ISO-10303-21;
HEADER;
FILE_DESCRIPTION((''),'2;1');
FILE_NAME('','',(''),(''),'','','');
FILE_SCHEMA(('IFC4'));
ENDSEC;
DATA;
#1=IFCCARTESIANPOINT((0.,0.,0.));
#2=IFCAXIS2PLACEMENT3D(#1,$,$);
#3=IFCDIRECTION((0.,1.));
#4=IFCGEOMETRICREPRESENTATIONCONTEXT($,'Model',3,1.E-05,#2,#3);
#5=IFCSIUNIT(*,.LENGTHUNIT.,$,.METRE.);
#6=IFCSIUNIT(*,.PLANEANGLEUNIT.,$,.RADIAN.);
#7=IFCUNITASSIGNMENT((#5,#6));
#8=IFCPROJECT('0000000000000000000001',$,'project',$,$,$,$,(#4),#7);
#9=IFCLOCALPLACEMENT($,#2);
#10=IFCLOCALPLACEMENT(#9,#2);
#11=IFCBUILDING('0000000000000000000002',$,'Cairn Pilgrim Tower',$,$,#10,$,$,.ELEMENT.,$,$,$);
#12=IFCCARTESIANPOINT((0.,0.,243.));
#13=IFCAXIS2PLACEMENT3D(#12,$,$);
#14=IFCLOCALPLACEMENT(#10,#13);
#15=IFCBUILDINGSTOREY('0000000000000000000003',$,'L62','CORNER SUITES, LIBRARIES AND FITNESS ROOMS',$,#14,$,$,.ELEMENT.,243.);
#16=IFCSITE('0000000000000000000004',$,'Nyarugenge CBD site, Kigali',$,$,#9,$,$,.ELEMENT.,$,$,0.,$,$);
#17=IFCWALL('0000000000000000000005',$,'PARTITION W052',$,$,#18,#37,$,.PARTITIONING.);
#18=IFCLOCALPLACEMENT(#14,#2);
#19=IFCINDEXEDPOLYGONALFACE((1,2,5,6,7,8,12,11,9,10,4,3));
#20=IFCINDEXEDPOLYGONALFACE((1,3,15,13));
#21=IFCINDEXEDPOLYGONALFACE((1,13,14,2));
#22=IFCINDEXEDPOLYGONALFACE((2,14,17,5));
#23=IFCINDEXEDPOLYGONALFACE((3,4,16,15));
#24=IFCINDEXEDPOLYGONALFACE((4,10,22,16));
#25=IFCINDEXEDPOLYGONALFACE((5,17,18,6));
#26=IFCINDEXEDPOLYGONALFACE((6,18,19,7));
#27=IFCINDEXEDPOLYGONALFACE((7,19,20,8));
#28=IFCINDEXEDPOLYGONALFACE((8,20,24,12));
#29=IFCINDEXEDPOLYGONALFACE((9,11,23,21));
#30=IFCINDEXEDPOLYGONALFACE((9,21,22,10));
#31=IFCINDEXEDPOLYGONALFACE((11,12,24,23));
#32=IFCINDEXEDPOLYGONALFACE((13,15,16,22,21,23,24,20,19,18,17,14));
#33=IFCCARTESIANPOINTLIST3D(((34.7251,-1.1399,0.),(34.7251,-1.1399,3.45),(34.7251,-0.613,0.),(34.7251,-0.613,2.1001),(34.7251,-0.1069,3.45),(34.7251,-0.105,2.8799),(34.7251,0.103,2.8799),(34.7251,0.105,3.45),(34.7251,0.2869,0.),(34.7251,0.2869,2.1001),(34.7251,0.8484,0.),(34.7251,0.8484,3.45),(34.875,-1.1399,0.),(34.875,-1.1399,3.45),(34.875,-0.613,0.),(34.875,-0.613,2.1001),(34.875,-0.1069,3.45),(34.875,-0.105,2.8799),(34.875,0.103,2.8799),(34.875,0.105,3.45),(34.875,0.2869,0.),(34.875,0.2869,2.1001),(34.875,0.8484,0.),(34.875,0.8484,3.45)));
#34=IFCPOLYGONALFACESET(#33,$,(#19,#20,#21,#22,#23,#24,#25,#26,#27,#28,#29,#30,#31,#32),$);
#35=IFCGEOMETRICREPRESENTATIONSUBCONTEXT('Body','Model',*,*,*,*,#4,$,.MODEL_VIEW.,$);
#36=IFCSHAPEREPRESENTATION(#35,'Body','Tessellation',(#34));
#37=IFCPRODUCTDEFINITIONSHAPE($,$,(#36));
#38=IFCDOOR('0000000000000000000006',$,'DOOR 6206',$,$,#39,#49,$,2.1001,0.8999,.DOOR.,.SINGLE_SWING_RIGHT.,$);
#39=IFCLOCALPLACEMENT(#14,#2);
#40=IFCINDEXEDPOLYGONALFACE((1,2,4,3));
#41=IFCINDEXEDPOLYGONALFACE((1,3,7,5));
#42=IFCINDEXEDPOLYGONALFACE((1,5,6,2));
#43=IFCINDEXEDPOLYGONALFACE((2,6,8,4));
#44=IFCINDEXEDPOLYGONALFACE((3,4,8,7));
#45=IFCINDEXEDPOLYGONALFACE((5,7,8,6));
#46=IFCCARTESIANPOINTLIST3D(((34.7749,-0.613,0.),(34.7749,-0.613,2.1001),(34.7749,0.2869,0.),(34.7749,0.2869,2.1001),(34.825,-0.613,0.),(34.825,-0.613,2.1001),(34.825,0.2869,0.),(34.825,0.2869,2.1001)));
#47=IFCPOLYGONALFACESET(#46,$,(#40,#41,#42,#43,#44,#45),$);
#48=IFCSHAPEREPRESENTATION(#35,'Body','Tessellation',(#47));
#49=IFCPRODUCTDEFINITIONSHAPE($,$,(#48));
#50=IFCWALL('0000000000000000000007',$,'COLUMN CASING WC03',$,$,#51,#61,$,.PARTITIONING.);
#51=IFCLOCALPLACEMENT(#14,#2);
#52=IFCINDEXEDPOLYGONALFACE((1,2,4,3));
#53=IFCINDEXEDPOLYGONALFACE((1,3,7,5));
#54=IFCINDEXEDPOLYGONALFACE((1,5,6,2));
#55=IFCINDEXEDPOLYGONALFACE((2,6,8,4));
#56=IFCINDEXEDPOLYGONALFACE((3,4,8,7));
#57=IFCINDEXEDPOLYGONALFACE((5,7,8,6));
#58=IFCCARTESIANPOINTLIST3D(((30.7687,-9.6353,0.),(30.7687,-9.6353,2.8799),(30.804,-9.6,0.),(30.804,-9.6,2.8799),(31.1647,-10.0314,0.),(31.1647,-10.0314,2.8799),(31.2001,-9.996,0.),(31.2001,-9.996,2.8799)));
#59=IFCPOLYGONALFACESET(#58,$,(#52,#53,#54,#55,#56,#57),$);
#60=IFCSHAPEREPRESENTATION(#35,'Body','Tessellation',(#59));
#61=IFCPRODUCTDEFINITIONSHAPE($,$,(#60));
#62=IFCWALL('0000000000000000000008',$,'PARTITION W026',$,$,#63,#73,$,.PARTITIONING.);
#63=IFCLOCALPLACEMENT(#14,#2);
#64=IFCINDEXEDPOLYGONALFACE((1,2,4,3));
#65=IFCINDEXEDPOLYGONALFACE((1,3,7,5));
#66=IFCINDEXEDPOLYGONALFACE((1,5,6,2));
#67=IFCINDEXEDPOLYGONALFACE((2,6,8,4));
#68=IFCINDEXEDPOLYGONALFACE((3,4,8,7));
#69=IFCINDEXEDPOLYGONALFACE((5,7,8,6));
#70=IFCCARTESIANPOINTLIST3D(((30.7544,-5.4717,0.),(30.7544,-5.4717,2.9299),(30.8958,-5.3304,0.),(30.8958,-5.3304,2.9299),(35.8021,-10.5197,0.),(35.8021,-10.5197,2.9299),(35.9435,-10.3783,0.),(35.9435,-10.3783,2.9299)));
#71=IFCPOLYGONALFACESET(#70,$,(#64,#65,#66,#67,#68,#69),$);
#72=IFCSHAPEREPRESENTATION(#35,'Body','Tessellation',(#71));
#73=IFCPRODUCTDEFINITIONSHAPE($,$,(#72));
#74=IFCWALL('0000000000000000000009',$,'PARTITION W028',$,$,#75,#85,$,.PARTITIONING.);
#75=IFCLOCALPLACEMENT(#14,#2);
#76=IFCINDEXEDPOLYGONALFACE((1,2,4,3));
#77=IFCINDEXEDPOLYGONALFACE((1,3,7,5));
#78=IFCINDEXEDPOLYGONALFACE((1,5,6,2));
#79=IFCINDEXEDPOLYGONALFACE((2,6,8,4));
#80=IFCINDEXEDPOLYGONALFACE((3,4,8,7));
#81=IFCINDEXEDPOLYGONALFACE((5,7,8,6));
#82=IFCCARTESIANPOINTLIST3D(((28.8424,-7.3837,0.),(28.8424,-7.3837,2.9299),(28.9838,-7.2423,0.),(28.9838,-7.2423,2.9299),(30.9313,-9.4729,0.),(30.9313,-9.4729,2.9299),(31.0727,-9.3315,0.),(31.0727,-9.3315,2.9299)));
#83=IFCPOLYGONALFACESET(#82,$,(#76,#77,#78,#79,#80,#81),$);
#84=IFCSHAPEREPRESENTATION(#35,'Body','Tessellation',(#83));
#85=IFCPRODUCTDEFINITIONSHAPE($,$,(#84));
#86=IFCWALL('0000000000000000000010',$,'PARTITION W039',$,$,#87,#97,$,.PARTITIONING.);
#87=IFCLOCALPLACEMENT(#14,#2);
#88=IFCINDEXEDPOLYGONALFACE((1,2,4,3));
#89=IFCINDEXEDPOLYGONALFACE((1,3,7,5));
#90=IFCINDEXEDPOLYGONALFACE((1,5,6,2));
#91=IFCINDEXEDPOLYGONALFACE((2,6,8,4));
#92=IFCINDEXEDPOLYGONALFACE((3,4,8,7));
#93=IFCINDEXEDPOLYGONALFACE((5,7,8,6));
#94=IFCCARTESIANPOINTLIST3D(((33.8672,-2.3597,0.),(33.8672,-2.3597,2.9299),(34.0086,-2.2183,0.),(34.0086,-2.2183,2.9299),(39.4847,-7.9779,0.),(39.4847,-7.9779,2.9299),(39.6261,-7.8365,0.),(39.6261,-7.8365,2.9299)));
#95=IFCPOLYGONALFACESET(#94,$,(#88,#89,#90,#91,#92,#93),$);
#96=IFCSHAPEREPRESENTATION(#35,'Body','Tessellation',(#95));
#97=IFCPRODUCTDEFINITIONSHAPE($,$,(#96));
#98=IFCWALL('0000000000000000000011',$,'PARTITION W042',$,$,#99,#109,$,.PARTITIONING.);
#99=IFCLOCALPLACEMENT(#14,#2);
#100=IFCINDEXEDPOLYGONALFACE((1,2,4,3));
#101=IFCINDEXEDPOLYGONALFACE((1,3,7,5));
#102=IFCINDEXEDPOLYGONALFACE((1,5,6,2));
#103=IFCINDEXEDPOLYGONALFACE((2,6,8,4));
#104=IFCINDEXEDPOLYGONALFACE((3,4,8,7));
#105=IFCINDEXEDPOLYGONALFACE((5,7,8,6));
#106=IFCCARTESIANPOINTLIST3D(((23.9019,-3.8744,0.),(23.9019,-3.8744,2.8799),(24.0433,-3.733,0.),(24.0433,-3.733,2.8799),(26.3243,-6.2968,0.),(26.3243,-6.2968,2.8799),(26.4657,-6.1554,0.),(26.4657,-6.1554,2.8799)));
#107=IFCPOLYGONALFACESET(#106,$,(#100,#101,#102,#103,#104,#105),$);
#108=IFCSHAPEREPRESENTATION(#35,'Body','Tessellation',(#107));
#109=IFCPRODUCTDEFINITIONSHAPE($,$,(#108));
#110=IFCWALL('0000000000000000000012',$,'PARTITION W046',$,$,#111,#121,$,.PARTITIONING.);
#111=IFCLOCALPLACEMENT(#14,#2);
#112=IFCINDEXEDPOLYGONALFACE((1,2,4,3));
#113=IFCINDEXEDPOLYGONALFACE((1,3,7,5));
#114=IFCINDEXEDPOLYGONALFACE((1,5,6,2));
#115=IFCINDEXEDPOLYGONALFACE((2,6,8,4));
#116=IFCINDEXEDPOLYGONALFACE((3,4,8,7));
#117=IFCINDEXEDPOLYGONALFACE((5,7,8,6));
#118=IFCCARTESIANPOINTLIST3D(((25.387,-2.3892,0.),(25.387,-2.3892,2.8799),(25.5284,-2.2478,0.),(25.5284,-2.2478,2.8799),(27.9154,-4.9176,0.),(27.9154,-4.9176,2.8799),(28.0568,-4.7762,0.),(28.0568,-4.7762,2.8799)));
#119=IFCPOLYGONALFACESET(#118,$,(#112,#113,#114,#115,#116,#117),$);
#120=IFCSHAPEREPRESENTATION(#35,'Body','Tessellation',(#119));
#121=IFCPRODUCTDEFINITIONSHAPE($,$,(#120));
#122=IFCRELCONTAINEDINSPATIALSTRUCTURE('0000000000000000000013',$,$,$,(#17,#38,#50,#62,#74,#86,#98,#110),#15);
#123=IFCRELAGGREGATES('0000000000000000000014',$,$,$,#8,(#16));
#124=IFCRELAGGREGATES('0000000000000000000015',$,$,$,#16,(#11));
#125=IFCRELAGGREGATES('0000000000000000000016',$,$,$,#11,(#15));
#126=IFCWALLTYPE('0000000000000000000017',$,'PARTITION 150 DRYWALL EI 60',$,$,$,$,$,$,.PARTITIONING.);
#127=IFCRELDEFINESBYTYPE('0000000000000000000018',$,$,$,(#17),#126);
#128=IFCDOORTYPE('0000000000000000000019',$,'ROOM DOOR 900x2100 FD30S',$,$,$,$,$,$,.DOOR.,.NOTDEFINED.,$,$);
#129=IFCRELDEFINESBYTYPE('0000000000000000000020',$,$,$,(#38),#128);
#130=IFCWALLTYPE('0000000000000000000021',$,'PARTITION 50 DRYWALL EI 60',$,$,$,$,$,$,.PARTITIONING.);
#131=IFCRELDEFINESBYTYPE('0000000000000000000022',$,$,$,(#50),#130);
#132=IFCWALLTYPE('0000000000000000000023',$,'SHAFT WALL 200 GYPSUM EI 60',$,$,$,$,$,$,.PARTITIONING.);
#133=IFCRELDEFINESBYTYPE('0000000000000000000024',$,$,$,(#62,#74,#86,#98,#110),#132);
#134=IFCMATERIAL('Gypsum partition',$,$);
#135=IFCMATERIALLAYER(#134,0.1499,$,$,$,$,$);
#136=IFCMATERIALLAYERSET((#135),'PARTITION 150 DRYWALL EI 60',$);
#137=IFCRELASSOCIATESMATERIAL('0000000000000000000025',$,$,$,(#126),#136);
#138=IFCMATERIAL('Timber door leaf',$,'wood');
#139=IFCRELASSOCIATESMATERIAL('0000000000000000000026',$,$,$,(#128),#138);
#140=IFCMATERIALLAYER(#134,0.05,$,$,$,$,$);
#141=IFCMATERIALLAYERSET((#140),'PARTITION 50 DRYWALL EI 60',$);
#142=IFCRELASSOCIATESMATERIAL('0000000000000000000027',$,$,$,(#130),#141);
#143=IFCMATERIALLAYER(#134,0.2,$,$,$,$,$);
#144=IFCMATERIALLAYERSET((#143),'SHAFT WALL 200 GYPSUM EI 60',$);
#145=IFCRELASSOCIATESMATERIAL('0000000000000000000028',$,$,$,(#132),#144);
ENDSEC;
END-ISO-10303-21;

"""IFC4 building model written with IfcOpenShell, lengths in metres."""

from ifc_helpers import new_model, si_unit, direction, frame, frame_2d, origin, place, context, subcontext, project, spatial, polyline, rectangle, outline, extrude, material, layer, layer_set, type_object, element, fill, save


model = new_model("IFC4")

# Units and contexts
model_context = context("Model", 3, precision=1e-05, world=origin(), true_north=direction((0.0, 1.0)))
body_context = subcontext(model_context, "Body", "Model", "MODEL_VIEW")
ifc_project = project(units=[si_unit("LENGTHUNIT", "METRE"), si_unit("PLANEANGLEUNIT", "RADIAN")], contexts=[model_context])

# Site, building, storey
site_placement = place(None, origin())
site = spatial("IfcSite", under=ifc_project, at=site_placement, Name="Nyarugenge CBD site, Kigali", CompositionType="ELEMENT", RefElevation=0.0)
building_placement = place(site_placement, origin())
building = spatial("IfcBuilding", under=site, at=building_placement, Name="Cairn Pilgrim Tower", CompositionType="ELEMENT")
storey_placement = place(building_placement, frame((0.0, 0.0, 243.0)))
storey = spatial("IfcBuildingStorey", under=building, at=storey_placement, Name="L62", Description="CORNER SUITES, LIBRARIES AND FITNESS ROOMS", CompositionType="ELEMENT", Elevation=243.0)

# Shared definitions
ifc_material_1 = material(Name="Gypsum partition")
ifc_layer_1 = layer(ifc_material_1, 0.1499)
ifc_layer_set_1 = layer_set([ifc_layer_1], Name="PARTITION 150 DRYWALL EI 60")
wall_type_1 = type_object("IfcWallType", Name="PARTITION 150 DRYWALL EI 60", PredefinedType="PARTITIONING", material=ifc_layer_set_1)
ifc_material_2 = material(Name="Timber door leaf", Category="wood")

# Wall, opening, door
wall_1_placement = place(storey_placement, frame((34.8, -1.1399, 0.0), z_axis=(0.0, 0.0, 1.0), x_axis=(0.0, 1.0, 0.0)))
wall_1 = element("IfcWall", 1, at=wall_1_placement, inside=storey, type_object=wall_type_1, Name="PARTITION W052", PredefinedType="PARTITIONING", context=body_context, shape_type="SweptSolid", body=[
    extrude(outline(polyline([(0.0, 0.0), (1.9883, 0.0), (1.9883, 3.45), (1.2449, 3.45), (1.2429, 2.8799), (1.0349, 2.8799), (1.033, 3.45), (0.0, 3.45), (0.0, 0.0)])), frame((0.0, 0.075, 0.0), z_axis=(0.0, -1.0, 0.0), x_axis=(1.0, 0.0, 0.0)), (0.0, 0.0, 1.0), 0.1499),
])
opening_1_placement = place(wall_1_placement, frame((0.5269, 0.0, 0.0)))
opening_1 = element("IfcOpeningElement", 2, at=opening_1_placement, cuts=wall_1, PredefinedType="OPENING", context=body_context, shape_type="SweptSolid", body=[
    extrude(rectangle(XDim=0.8999, YDim=2.1001, at=frame_2d((0.45, 1.05))), frame((0.0, 0.085, 0.0), z_axis=(0.0, -1.0, 0.0), x_axis=(1.0, 0.0, 0.0)), (0.0, 0.0, 1.0), 0.1699),
])
door_type_1 = type_object("IfcDoorType", Name="ROOM DOOR 900x2100 FD30S", OperationType="NOTDEFINED", PredefinedType="DOOR", material=ifc_material_2)
door_1_placement = place(opening_1_placement, frame((0.8999, 0.0, 0.0), z_axis=(0.0, 0.0, 1.0), x_axis=(-1.0, 0.0, 0.0)))
door_1 = element("IfcDoor", 3, at=door_1_placement, inside=storey, type_object=door_type_1, Name="DOOR 6206", OperationType="SINGLE_SWING_RIGHT", OverallHeight=2.1001, OverallWidth=0.8999, PredefinedType="DOOR", context=body_context, shape_type="SweptSolid", body=[
    extrude(rectangle(XDim=0.8999, YDim=2.1001, at=frame_2d((0.45, 1.05))), frame((0.0, 0.0249, 0.0), z_axis=(0.0, -1.0, 0.0), x_axis=(1.0, 0.0, 0.0)), (0.0, 0.0, 1.0), 0.05),
])
fill(opening_1, door_1)

# Walls
ifc_layer_2 = layer(ifc_material_1, 0.05)
ifc_layer_set_2 = layer_set([ifc_layer_2], Name="PARTITION 50 DRYWALL EI 60")
wall_type_2 = type_object("IfcWallType", Name="PARTITION 50 DRYWALL EI 60", PredefinedType="PARTITIONING", material=ifc_layer_set_2)
wall_2_placement = place(storey_placement, frame((31.1824, -10.0137, 0.0), z_axis=(0.0, 0.0, 1.0), x_axis=(-0.707107, 0.707107, 0.0)))
element("IfcWall", 4, at=wall_2_placement, inside=storey, type_object=wall_type_2, Name="COLUMN CASING WC03", PredefinedType="PARTITIONING", context=body_context, shape_type="SweptSolid", body=[
    extrude(rectangle(XDim=0.5601, YDim=0.05, at=frame_2d((0.28, 0.0))), origin(), (0.0, 0.0, 1.0), 2.8799),
])
ifc_layer_3 = layer(ifc_material_1, 0.2)
ifc_layer_set_3 = layer_set([ifc_layer_3], Name="SHAFT WALL 200 GYPSUM EI 60")
wall_type_3 = type_object("IfcWallType", Name="SHAFT WALL 200 GYPSUM EI 60", PredefinedType="PARTITIONING", material=ifc_layer_set_3)
wall_3_placement = place(storey_placement, frame((35.8728, -10.449, 0.0), z_axis=(0.0, 0.0, 1.0), x_axis=(-0.70709, 0.707124, 0.0)))
element("IfcWall", 5, at=wall_3_placement, inside=storey, type_object=wall_type_3, Name="PARTITION W026", PredefinedType="PARTITIONING", context=body_context, shape_type="SweptSolid", body=[
    extrude(rectangle(XDim=7.1387, YDim=0.2, at=frame_2d((3.5693, 0.0))), origin(), (0.0, 0.0, 1.0), 2.9299),
])
wall_4_placement = place(storey_placement, frame((31.002, -9.4021, 0.0), z_axis=(0.0, 0.0, 1.0), x_axis=(-0.707065, 0.707148, 0.0)))
element("IfcWall", 6, at=wall_4_placement, inside=storey, type_object=wall_type_3, Name="PARTITION W028", PredefinedType="PARTITIONING", context=body_context, shape_type="SweptSolid", body=[
    extrude(rectangle(XDim=2.9543, YDim=0.2, at=frame_2d((1.4771, 0.0))), origin(), (0.0, 0.0, 1.0), 2.9299),
])
wall_5_placement = place(storey_placement, frame((39.5554, -7.9072, 0.0), z_axis=(0.0, 0.0, 1.0), x_axis=(-0.707061, 0.707153, 0.0)))
element("IfcWall", 7, at=wall_5_placement, inside=storey, type_object=wall_type_3, Name="PARTITION W039", PredefinedType="PARTITIONING", context=body_context, shape_type="SweptSolid", body=[
    extrude(rectangle(XDim=7.9448, YDim=0.2, at=frame_2d((3.9724, 0.0))), origin(), (0.0, 0.0, 1.0), 2.9299),
])
wall_6_placement = place(storey_placement, frame((26.395, -6.2261, 0.0), z_axis=(0.0, 0.0, 1.0), x_axis=(-0.707107, 0.707107, 0.0)))
element("IfcWall", 8, at=wall_6_placement, inside=storey, type_object=wall_type_3, Name="PARTITION W042", PredefinedType="PARTITIONING", context=body_context, shape_type="SweptSolid", body=[
    extrude(rectangle(XDim=3.4258, YDim=0.2, at=frame_2d((1.7129, 0.0))), origin(), (0.0, 0.0, 1.0), 2.8799),
])
wall_7_placement = place(storey_placement, frame((27.9861, -4.8469, 0.0), z_axis=(0.0, 0.0, 1.0), x_axis=(-0.707107, 0.707107, 0.0)))
element("IfcWall", 9, at=wall_7_placement, inside=storey, type_object=wall_type_3, Name="PARTITION W046", PredefinedType="PARTITIONING", context=body_context, shape_type="SweptSolid", body=[
    extrude(rectangle(XDim=3.5757, YDim=0.2, at=frame_2d((1.7878, 0.0))), origin(), (0.0, 0.0, 1.0), 2.8799),
])

save(model, "model.ifc")
